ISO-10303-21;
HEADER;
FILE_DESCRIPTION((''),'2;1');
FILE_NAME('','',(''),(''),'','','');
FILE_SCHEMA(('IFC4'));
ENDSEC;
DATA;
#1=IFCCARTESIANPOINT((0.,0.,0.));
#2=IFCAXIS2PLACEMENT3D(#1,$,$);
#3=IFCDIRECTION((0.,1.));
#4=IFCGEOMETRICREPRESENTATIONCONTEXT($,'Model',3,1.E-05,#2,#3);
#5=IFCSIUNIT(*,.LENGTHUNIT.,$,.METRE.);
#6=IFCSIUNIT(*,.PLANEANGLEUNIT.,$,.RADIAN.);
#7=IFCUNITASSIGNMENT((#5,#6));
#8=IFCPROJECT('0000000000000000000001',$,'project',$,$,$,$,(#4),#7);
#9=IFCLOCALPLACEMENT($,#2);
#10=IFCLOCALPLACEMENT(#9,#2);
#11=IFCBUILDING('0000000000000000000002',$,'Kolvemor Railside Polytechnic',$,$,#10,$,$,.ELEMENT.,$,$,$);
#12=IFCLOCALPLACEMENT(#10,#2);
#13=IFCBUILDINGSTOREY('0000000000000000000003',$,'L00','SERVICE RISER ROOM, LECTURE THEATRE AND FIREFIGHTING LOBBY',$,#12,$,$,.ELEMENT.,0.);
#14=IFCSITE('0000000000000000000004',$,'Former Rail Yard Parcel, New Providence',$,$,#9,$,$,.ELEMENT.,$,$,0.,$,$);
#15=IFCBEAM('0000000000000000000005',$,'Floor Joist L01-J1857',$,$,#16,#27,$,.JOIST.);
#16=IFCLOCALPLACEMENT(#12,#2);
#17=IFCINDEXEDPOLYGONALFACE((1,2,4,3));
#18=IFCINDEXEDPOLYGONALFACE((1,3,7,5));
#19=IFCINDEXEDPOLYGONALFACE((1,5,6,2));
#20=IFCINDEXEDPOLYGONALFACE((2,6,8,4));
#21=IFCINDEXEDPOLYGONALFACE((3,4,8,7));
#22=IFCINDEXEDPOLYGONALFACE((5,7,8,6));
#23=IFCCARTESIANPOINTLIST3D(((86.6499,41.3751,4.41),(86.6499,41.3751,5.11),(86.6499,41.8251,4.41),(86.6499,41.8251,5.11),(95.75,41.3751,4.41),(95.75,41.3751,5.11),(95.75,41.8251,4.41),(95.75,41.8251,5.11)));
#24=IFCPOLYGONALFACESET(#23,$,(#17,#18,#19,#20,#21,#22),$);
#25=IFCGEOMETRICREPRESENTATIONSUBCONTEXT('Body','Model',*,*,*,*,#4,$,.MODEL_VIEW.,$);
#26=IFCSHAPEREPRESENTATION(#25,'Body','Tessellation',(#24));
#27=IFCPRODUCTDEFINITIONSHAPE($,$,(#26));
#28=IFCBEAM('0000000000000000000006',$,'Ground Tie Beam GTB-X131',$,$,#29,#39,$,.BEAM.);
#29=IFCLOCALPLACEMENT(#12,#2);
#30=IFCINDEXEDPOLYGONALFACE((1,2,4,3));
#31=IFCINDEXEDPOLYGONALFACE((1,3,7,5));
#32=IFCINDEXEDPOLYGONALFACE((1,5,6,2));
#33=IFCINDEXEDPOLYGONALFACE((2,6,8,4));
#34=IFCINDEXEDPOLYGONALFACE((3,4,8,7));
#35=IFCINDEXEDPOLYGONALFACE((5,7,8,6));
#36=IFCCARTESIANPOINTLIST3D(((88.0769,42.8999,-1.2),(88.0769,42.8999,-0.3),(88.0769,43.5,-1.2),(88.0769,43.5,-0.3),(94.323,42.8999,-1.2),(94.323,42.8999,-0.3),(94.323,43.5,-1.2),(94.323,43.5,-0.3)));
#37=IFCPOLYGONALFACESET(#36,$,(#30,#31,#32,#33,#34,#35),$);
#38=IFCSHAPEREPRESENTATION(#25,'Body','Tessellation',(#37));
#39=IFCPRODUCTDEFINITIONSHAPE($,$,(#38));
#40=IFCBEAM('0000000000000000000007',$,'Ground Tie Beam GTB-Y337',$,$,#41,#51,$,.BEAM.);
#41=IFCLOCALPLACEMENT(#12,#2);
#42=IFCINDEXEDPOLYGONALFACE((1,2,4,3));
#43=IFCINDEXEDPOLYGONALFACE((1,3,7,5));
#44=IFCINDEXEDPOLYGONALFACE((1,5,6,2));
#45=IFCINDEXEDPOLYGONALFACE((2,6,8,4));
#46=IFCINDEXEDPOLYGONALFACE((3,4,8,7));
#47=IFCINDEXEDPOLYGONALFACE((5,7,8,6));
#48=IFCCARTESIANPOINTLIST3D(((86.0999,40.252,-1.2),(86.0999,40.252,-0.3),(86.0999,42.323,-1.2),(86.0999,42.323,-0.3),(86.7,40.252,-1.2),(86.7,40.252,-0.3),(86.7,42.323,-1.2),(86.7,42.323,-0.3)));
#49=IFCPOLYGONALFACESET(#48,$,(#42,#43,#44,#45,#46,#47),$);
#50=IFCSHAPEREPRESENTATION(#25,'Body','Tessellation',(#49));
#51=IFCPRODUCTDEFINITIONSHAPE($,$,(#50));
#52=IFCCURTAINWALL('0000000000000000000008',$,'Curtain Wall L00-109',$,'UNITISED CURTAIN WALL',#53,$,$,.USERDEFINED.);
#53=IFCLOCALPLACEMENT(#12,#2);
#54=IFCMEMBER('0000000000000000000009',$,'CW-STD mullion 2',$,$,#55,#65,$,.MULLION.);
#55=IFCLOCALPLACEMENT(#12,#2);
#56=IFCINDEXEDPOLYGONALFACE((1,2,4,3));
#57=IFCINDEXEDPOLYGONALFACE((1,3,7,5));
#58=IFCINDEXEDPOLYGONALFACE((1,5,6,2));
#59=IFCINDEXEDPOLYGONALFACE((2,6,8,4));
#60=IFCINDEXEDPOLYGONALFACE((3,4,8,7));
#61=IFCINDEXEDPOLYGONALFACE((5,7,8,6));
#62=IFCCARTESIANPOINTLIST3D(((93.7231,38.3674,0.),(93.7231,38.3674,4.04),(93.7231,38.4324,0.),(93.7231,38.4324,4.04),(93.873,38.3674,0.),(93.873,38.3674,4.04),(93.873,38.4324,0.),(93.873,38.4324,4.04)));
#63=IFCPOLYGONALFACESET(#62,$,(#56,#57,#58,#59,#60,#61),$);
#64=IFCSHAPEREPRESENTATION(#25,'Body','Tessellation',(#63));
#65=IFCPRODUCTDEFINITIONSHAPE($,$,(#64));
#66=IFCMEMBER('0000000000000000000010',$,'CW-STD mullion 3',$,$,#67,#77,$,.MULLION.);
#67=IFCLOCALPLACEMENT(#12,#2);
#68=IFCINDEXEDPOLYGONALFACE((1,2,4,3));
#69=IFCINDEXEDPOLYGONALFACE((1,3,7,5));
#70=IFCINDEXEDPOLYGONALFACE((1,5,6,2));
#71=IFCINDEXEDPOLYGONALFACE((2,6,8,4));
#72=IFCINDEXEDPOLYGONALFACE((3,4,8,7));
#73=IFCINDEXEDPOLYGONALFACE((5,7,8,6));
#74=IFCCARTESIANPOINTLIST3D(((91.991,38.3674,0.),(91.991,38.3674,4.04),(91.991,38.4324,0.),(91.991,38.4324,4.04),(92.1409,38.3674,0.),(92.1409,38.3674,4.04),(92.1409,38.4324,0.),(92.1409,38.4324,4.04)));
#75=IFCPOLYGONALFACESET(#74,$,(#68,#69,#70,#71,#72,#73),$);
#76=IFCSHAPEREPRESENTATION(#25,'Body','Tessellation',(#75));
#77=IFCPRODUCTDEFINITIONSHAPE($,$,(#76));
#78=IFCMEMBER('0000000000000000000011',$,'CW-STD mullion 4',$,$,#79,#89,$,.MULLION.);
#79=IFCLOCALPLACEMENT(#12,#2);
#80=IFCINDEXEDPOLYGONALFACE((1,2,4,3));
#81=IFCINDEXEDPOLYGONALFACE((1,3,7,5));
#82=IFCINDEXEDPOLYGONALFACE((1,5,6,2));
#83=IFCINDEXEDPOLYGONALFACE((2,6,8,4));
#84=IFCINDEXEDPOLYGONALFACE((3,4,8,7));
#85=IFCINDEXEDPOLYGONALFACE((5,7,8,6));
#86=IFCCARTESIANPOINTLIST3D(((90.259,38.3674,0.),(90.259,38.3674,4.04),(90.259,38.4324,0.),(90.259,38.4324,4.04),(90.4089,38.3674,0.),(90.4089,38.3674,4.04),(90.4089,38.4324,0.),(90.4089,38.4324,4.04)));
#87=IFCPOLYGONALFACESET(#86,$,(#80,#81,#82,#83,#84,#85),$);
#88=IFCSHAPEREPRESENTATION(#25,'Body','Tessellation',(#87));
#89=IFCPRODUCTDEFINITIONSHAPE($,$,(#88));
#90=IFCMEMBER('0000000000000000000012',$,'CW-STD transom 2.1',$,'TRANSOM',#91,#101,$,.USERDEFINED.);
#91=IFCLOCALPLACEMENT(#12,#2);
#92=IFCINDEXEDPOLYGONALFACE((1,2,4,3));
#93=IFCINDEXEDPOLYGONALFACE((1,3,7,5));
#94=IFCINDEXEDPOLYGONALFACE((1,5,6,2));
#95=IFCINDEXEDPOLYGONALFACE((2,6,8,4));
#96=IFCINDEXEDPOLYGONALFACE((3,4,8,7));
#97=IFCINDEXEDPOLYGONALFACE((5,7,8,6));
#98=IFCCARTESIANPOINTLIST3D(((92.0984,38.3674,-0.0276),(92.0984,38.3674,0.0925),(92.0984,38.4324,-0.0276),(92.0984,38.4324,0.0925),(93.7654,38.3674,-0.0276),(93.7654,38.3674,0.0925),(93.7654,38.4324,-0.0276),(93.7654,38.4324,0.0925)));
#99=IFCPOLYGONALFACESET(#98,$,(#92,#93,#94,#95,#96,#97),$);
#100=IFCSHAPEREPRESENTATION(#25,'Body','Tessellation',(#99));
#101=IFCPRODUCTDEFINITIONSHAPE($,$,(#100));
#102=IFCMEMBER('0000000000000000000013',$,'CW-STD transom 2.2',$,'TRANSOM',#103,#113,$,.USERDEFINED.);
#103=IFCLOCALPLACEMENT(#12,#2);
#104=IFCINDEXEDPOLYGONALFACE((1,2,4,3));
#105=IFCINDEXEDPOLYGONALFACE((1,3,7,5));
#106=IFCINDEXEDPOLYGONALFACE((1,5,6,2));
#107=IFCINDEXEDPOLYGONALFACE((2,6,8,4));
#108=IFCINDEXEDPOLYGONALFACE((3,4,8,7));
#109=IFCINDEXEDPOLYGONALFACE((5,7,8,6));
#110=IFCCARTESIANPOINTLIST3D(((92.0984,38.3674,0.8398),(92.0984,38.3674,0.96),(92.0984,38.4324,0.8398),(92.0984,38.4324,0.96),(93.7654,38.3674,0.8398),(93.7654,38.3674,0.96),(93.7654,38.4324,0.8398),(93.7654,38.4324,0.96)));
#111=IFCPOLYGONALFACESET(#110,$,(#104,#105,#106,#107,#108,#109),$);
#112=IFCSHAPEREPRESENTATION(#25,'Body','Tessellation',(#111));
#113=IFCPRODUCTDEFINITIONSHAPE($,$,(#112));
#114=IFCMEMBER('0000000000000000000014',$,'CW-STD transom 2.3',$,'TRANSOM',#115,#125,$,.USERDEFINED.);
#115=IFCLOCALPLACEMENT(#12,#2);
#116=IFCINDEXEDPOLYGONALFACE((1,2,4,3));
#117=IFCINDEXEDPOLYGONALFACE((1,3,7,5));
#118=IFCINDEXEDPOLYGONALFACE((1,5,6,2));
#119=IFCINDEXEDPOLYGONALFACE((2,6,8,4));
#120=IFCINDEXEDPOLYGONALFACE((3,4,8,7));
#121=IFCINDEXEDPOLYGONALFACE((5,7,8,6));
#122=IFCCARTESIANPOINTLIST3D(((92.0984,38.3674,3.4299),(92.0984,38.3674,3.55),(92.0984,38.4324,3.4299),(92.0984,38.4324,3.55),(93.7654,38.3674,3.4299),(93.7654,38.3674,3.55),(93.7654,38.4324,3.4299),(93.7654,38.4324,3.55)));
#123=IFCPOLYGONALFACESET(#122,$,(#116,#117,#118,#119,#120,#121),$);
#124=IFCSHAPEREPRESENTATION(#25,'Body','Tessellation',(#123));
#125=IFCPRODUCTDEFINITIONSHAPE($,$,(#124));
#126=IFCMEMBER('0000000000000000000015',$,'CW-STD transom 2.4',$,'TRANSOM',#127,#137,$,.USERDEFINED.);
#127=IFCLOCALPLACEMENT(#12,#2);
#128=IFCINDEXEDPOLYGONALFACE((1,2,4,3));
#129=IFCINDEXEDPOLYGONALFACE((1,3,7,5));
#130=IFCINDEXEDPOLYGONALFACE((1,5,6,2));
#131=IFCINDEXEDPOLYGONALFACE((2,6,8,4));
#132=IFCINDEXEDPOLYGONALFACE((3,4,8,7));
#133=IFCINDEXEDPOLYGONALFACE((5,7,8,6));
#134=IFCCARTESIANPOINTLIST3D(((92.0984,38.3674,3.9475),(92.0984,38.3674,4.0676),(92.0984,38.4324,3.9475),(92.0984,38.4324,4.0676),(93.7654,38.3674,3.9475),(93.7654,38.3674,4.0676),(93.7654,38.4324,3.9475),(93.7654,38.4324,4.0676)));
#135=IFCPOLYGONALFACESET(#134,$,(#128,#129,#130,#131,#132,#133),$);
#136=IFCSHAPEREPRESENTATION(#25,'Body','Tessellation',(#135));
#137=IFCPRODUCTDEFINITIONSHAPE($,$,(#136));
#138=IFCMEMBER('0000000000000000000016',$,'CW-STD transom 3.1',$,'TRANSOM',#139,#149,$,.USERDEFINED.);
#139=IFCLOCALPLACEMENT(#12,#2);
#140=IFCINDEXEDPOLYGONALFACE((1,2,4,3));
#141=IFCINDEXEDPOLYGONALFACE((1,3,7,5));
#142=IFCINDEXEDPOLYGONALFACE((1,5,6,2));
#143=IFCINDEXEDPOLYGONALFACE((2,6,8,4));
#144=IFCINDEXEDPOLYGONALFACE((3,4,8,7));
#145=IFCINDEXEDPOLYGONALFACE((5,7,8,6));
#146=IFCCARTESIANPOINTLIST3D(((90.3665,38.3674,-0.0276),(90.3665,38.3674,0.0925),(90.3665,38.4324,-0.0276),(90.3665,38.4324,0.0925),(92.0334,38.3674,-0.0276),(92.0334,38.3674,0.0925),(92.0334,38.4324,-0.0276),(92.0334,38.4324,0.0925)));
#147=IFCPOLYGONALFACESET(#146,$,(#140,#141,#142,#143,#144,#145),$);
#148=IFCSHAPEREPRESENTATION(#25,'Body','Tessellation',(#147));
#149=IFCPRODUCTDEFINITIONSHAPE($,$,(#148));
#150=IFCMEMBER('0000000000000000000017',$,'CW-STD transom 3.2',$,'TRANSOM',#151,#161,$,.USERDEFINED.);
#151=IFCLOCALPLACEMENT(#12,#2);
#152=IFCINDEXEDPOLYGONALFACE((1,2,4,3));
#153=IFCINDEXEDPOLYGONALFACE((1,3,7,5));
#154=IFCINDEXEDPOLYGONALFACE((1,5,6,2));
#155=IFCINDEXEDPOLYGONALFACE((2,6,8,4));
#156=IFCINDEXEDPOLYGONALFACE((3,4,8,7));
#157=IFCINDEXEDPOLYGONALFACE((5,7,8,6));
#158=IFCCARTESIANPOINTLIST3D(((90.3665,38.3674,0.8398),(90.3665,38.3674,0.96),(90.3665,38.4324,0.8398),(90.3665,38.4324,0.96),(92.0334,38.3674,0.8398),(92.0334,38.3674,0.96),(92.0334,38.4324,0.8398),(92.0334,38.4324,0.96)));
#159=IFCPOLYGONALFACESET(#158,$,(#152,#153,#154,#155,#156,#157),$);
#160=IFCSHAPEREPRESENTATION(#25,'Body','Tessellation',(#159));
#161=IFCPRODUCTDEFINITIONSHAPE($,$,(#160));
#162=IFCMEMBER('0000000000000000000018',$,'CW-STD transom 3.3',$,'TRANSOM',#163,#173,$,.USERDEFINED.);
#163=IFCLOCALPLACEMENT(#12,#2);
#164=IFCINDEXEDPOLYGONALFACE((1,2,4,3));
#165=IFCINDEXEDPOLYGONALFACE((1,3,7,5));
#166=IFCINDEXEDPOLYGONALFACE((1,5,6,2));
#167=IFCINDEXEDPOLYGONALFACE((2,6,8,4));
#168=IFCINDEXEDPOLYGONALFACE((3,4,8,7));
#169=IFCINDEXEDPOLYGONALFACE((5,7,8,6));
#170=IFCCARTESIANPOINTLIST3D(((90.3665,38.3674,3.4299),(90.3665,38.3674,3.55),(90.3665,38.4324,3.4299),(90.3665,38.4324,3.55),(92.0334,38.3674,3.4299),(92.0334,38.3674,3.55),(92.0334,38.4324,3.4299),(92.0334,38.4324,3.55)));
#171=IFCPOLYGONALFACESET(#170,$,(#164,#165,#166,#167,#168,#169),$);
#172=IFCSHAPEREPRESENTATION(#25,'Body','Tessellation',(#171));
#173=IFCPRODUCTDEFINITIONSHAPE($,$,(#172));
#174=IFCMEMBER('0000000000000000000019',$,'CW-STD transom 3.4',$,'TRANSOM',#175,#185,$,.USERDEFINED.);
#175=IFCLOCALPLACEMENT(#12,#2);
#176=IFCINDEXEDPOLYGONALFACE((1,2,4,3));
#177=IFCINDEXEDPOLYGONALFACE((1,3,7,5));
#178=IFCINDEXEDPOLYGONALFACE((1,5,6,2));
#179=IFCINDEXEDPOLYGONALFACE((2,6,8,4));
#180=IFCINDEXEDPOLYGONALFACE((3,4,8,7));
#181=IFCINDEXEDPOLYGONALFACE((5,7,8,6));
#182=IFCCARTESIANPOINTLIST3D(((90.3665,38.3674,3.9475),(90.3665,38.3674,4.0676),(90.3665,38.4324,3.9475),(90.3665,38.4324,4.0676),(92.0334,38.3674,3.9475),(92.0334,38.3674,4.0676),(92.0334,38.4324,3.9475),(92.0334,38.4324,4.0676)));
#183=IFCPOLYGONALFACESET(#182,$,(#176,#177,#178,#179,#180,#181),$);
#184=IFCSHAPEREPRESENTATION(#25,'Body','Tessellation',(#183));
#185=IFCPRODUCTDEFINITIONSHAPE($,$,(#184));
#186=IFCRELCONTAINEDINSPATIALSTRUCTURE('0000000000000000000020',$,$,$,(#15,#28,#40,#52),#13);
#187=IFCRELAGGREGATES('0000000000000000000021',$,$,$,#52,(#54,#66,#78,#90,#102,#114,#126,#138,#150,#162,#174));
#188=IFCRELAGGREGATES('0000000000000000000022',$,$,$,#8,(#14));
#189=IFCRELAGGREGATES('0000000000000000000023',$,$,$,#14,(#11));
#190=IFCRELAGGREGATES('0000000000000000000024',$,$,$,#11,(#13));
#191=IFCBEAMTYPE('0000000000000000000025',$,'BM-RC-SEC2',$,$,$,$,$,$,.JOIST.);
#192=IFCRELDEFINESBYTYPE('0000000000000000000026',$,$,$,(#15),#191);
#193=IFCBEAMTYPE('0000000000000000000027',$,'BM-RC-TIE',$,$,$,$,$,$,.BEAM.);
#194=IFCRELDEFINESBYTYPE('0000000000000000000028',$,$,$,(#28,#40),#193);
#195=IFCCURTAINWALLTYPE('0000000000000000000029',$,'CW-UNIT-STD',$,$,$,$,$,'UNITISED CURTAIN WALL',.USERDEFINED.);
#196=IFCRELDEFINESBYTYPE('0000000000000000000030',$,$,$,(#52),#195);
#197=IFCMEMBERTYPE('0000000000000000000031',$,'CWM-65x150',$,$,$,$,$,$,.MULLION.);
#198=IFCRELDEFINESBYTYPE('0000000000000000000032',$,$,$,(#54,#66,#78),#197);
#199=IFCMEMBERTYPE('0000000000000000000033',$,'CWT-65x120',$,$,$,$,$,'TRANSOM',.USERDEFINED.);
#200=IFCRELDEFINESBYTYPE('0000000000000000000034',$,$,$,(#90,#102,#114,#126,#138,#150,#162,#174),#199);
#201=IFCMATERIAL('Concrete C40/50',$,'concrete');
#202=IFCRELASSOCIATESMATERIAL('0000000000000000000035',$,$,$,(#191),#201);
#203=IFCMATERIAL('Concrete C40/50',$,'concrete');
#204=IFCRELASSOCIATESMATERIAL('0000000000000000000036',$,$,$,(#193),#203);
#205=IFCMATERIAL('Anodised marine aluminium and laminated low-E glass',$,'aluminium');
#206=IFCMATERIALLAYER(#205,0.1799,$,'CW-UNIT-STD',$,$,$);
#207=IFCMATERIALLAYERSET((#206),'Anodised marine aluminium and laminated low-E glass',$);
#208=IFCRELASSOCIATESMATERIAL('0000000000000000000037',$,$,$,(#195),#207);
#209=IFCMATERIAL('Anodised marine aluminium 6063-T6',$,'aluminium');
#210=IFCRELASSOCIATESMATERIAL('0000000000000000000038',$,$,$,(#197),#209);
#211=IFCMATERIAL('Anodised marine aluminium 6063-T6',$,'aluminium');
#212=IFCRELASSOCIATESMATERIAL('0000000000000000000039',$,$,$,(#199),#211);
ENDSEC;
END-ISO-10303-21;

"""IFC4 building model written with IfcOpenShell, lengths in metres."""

from ifc_helpers import new_model, si_unit, direction, frame, origin, origin_2d, place, context, subcontext, project, spatial, rectangle, extrude, material, layer, layer_set, material_profile, profile_set, type_object, element, aggregate, save


model = new_model("IFC4")

# Units and contexts
model_context = context("Model", 3, precision=1e-05, world=origin(), true_north=direction((0.0, 1.0)))
body_context = subcontext(model_context, "Body", "Model", "MODEL_VIEW")
ifc_project = project(units=[si_unit("LENGTHUNIT", "METRE"), si_unit("PLANEANGLEUNIT", "RADIAN")], contexts=[model_context])

# Site, building, storey
site_placement = place(None, origin())
site = spatial("IfcSite", under=ifc_project, at=site_placement, Name="Former Rail Yard Parcel, New Providence", CompositionType="ELEMENT", RefElevation=0.0)
building_placement = place(site_placement, origin())
building = spatial("IfcBuilding", under=site, at=building_placement, Name="Kolvemor Railside Polytechnic", CompositionType="ELEMENT")
storey_placement = place(building_placement, origin())
storey = spatial("IfcBuildingStorey", under=building, at=storey_placement, Name="L00", Description="SERVICE RISER ROOM, LECTURE THEATRE AND FIREFIGHTING LOBBY", CompositionType="ELEMENT", Elevation=0.0)

# Beams
ifc_material_1 = material(Name="Concrete C40/50", Category="concrete")
ifc_material_profile_1 = material_profile(ifc_material_1, rectangle(XDim=0.45, YDim=0.7, at=origin_2d()), Name="RC450x700")
ifc_profile_set_1 = profile_set([ifc_material_profile_1], Name="Concrete C40/50")
beam_type_1 = type_object("IfcBeamType", Name="BM-RC-SEC2", PredefinedType="JOIST", material=ifc_profile_set_1)
for number, where, z_axis, x_axis, name in (
    (1, (86.6499, 41.6001, 4.76), (1.0, 0.0, 0.0), (0.0, 1.0, 0.0), "Floor Joist L01-J1857"),
):
    element("IfcBeam", number, at=place(storey_placement, frame(where, z_axis=z_axis, x_axis=x_axis)), inside=storey, type_object=beam_type_1, Name=name, PredefinedType="JOIST", context=body_context, shape_type="SweptSolid", body=[
        extrude(rectangle(XDim=0.45, YDim=0.7, at=origin_2d()), origin(), (0.0, 0.0, 1.0), 9.1001),
    ])
ifc_material_2 = material(Name="Concrete C40/50", Category="concrete")
ifc_material_profile_2 = material_profile(ifc_material_2, rectangle(XDim=0.6001, YDim=0.8999, at=origin_2d()), Name="RC600x900")
ifc_profile_set_2 = profile_set([ifc_material_profile_2], Name="Concrete C40/50")
beam_type_2 = type_object("IfcBeamType", Name="BM-RC-TIE", PredefinedType="BEAM", material=ifc_profile_set_2)
beam_1_placement = place(storey_placement, frame((88.0769, 43.2, -0.75), z_axis=(1.0, 0.0, 0.0), x_axis=(0.0, 1.0, 0.0)))
element("IfcBeam", 2, at=beam_1_placement, inside=storey, type_object=beam_type_2, Name="Ground Tie Beam GTB-X131", PredefinedType="BEAM", context=body_context, shape_type="SweptSolid", body=[
    extrude(rectangle(XDim=0.6001, YDim=0.8999, at=origin_2d()), origin(), (0.0, 0.0, 1.0), 6.2461),
])
beam_2_placement = place(storey_placement, frame((86.3999, 40.252, -0.75), z_axis=(0.0, 1.0, 0.0), x_axis=(-1.0, 0.0, 0.0)))
element("IfcBeam", 3, at=beam_2_placement, inside=storey, type_object=beam_type_2, Name="Ground Tie Beam GTB-Y337", PredefinedType="BEAM", context=body_context, shape_type="SweptSolid", body=[
    extrude(rectangle(XDim=0.6001, YDim=0.8999, at=origin_2d()), origin(), (0.0, 0.0, 1.0), 2.071),
])

# Curtain wall, members
ifc_material_3 = material(Name="Anodised marine aluminium and laminated low-E glass", Category="aluminium")
ifc_layer_1 = layer(ifc_material_3, 0.1799, Name="CW-UNIT-STD")
ifc_layer_set_1 = layer_set([ifc_layer_1], Name="Anodised marine aluminium and laminated low-E glass")
curtain_wall_type = type_object("IfcCurtainWallType", Name="CW-UNIT-STD", ElementType="UNITISED CURTAIN WALL", PredefinedType="USERDEFINED", material=ifc_layer_set_1)
curtain_wall_placement = place(storey_placement, origin())
curtain_wall = element("IfcCurtainWall", 4, at=curtain_wall_placement, inside=storey, type_object=curtain_wall_type, Name="Curtain Wall L00-109", ObjectType="UNITISED CURTAIN WALL", PredefinedType="USERDEFINED")
ifc_material_4 = material(Name="Anodised marine aluminium 6063-T6", Category="aluminium")
ifc_material_profile_3 = material_profile(ifc_material_4, rectangle(XDim=0.0649, YDim=0.1499, at=origin_2d()), Name="CW-MUL-65x150")
ifc_profile_set_3 = profile_set([ifc_material_profile_3], Name="Anodised marine aluminium 6063-T6")
member_type_1 = type_object("IfcMemberType", Name="CWM-65x150", PredefinedType="MULLION", material=ifc_profile_set_3)
member_1_placement = place(storey_placement, frame((93.7981, 38.3999, 0.0), z_axis=(0.0, 0.0, 1.0), x_axis=(0.0, -1.0, 0.0)))
member_1 = element("IfcMember", 5, at=member_1_placement, type_object=member_type_1, Name="CW-STD mullion 2", PredefinedType="MULLION", context=body_context, shape_type="SweptSolid", body=[
    extrude(rectangle(XDim=0.0649, YDim=0.1499, at=origin_2d()), origin(), (0.0, 0.0, 1.0), 4.04),
])
member_2_placement = place(storey_placement, frame((92.0659, 38.3999, 0.0), z_axis=(0.0, 0.0, 1.0), x_axis=(0.0, -1.0, 0.0)))
member_2 = element("IfcMember", 6, at=member_2_placement, type_object=member_type_1, Name="CW-STD mullion 3", PredefinedType="MULLION", context=body_context, shape_type="SweptSolid", body=[
    extrude(rectangle(XDim=0.0649, YDim=0.1499, at=origin_2d()), origin(), (0.0, 0.0, 1.0), 4.04),
])
member_3_placement = place(storey_placement, frame((90.334, 38.3999, 0.0), z_axis=(0.0, 0.0, 1.0), x_axis=(0.0, -1.0, 0.0)))
member_3 = element("IfcMember", 7, at=member_3_placement, type_object=member_type_1, Name="CW-STD mullion 4", PredefinedType="MULLION", context=body_context, shape_type="SweptSolid", body=[
    extrude(rectangle(XDim=0.0649, YDim=0.1499, at=origin_2d()), origin(), (0.0, 0.0, 1.0), 4.04),
])
ifc_material_5 = material(Name="Anodised marine aluminium 6063-T6", Category="aluminium")
ifc_material_profile_4 = material_profile(ifc_material_5, rectangle(XDim=0.0649, YDim=0.1201, at=origin_2d()), Name="CW-TRN-65x120")
ifc_profile_set_4 = profile_set([ifc_material_profile_4], Name="Anodised marine aluminium 6063-T6")
member_type_2 = type_object("IfcMemberType", Name="CWT-65x120", ElementType="TRANSOM", PredefinedType="USERDEFINED", material=ifc_profile_set_4)
member_4_placement = place(storey_placement, frame((93.7654, 38.3999, 0.0325), z_axis=(-1.0, 0.0, 0.0), x_axis=(0.0, -1.0, 0.0)))
member_4 = element("IfcMember", 8, at=member_4_placement, type_object=member_type_2, Name="CW-STD transom 2.1", ObjectType="TRANSOM", PredefinedType="USERDEFINED", context=body_context, shape_type="SweptSolid", body=[
    extrude(rectangle(XDim=0.0649, YDim=0.1201, at=origin_2d()), origin(), (0.0, 0.0, 1.0), 1.667),
])
member_5_placement = place(storey_placement, frame((93.7654, 38.3999, 0.8999), z_axis=(-1.0, 0.0, 0.0), x_axis=(0.0, -1.0, 0.0)))
member_5 = element("IfcMember", 9, at=member_5_placement, type_object=member_type_2, Name="CW-STD transom 2.2", ObjectType="TRANSOM", PredefinedType="USERDEFINED", context=body_context, shape_type="SweptSolid", body=[
    extrude(rectangle(XDim=0.0649, YDim=0.1201, at=origin_2d()), origin(), (0.0, 0.0, 1.0), 1.667),
])
member_6_placement = place(storey_placement, frame((93.7654, 38.3999, 3.49), z_axis=(-1.0, 0.0, 0.0), x_axis=(0.0, -1.0, 0.0)))
member_6 = element("IfcMember", 10, at=member_6_placement, type_object=member_type_2, Name="CW-STD transom 2.3", ObjectType="TRANSOM", PredefinedType="USERDEFINED", context=body_context, shape_type="SweptSolid", body=[
    extrude(rectangle(XDim=0.0649, YDim=0.1201, at=origin_2d()), origin(), (0.0, 0.0, 1.0), 1.667),
])
member_7_placement = place(storey_placement, frame((93.7654, 38.3999, 4.0076), z_axis=(-1.0, 0.0, 0.0), x_axis=(0.0, -1.0, 0.0)))
member_7 = element("IfcMember", 11, at=member_7_placement, type_object=member_type_2, Name="CW-STD transom 2.4", ObjectType="TRANSOM", PredefinedType="USERDEFINED", context=body_context, shape_type="SweptSolid", body=[
    extrude(rectangle(XDim=0.0649, YDim=0.1201, at=origin_2d()), origin(), (0.0, 0.0, 1.0), 1.667),
])
member_8_placement = place(storey_placement, frame((92.0334, 38.3999, 0.0325), z_axis=(-1.0, 0.0, 0.0), x_axis=(0.0, -1.0, 0.0)))
member_8 = element("IfcMember", 12, at=member_8_placement, type_object=member_type_2, Name="CW-STD transom 3.1", ObjectType="TRANSOM", PredefinedType="USERDEFINED", context=body_context, shape_type="SweptSolid", body=[
    extrude(rectangle(XDim=0.0649, YDim=0.1201, at=origin_2d()), origin(), (0.0, 0.0, 1.0), 1.667),
])
member_9_placement = place(storey_placement, frame((92.0334, 38.3999, 0.8999), z_axis=(-1.0, 0.0, 0.0), x_axis=(0.0, -1.0, 0.0)))
member_9 = element("IfcMember", 13, at=member_9_placement, type_object=member_type_2, Name="CW-STD transom 3.2", ObjectType="TRANSOM", PredefinedType="USERDEFINED", context=body_context, shape_type="SweptSolid", body=[
    extrude(rectangle(XDim=0.0649, YDim=0.1201, at=origin_2d()), origin(), (0.0, 0.0, 1.0), 1.667),
])
member_10_placement = place(storey_placement, frame((92.0334, 38.3999, 3.49), z_axis=(-1.0, 0.0, 0.0), x_axis=(0.0, -1.0, 0.0)))
member_10 = element("IfcMember", 14, at=member_10_placement, type_object=member_type_2, Name="CW-STD transom 3.3", ObjectType="TRANSOM", PredefinedType="USERDEFINED", context=body_context, shape_type="SweptSolid", body=[
    extrude(rectangle(XDim=0.0649, YDim=0.1201, at=origin_2d()), origin(), (0.0, 0.0, 1.0), 1.667),
])
member_11_placement = place(storey_placement, frame((92.0334, 38.3999, 4.0076), z_axis=(-1.0, 0.0, 0.0), x_axis=(0.0, -1.0, 0.0)))
member_11 = element("IfcMember", 15, at=member_11_placement, type_object=member_type_2, Name="CW-STD transom 3.4", ObjectType="TRANSOM", PredefinedType="USERDEFINED", context=body_context, shape_type="SweptSolid", body=[
    extrude(rectangle(XDim=0.0649, YDim=0.1201, at=origin_2d()), origin(), (0.0, 0.0, 1.0), 1.667),
])
aggregate(curtain_wall, [member_1, member_2, member_3, member_4, member_5, member_6, member_7, member_8, member_9, member_10, member_11])

save(model, "model.ifc")
